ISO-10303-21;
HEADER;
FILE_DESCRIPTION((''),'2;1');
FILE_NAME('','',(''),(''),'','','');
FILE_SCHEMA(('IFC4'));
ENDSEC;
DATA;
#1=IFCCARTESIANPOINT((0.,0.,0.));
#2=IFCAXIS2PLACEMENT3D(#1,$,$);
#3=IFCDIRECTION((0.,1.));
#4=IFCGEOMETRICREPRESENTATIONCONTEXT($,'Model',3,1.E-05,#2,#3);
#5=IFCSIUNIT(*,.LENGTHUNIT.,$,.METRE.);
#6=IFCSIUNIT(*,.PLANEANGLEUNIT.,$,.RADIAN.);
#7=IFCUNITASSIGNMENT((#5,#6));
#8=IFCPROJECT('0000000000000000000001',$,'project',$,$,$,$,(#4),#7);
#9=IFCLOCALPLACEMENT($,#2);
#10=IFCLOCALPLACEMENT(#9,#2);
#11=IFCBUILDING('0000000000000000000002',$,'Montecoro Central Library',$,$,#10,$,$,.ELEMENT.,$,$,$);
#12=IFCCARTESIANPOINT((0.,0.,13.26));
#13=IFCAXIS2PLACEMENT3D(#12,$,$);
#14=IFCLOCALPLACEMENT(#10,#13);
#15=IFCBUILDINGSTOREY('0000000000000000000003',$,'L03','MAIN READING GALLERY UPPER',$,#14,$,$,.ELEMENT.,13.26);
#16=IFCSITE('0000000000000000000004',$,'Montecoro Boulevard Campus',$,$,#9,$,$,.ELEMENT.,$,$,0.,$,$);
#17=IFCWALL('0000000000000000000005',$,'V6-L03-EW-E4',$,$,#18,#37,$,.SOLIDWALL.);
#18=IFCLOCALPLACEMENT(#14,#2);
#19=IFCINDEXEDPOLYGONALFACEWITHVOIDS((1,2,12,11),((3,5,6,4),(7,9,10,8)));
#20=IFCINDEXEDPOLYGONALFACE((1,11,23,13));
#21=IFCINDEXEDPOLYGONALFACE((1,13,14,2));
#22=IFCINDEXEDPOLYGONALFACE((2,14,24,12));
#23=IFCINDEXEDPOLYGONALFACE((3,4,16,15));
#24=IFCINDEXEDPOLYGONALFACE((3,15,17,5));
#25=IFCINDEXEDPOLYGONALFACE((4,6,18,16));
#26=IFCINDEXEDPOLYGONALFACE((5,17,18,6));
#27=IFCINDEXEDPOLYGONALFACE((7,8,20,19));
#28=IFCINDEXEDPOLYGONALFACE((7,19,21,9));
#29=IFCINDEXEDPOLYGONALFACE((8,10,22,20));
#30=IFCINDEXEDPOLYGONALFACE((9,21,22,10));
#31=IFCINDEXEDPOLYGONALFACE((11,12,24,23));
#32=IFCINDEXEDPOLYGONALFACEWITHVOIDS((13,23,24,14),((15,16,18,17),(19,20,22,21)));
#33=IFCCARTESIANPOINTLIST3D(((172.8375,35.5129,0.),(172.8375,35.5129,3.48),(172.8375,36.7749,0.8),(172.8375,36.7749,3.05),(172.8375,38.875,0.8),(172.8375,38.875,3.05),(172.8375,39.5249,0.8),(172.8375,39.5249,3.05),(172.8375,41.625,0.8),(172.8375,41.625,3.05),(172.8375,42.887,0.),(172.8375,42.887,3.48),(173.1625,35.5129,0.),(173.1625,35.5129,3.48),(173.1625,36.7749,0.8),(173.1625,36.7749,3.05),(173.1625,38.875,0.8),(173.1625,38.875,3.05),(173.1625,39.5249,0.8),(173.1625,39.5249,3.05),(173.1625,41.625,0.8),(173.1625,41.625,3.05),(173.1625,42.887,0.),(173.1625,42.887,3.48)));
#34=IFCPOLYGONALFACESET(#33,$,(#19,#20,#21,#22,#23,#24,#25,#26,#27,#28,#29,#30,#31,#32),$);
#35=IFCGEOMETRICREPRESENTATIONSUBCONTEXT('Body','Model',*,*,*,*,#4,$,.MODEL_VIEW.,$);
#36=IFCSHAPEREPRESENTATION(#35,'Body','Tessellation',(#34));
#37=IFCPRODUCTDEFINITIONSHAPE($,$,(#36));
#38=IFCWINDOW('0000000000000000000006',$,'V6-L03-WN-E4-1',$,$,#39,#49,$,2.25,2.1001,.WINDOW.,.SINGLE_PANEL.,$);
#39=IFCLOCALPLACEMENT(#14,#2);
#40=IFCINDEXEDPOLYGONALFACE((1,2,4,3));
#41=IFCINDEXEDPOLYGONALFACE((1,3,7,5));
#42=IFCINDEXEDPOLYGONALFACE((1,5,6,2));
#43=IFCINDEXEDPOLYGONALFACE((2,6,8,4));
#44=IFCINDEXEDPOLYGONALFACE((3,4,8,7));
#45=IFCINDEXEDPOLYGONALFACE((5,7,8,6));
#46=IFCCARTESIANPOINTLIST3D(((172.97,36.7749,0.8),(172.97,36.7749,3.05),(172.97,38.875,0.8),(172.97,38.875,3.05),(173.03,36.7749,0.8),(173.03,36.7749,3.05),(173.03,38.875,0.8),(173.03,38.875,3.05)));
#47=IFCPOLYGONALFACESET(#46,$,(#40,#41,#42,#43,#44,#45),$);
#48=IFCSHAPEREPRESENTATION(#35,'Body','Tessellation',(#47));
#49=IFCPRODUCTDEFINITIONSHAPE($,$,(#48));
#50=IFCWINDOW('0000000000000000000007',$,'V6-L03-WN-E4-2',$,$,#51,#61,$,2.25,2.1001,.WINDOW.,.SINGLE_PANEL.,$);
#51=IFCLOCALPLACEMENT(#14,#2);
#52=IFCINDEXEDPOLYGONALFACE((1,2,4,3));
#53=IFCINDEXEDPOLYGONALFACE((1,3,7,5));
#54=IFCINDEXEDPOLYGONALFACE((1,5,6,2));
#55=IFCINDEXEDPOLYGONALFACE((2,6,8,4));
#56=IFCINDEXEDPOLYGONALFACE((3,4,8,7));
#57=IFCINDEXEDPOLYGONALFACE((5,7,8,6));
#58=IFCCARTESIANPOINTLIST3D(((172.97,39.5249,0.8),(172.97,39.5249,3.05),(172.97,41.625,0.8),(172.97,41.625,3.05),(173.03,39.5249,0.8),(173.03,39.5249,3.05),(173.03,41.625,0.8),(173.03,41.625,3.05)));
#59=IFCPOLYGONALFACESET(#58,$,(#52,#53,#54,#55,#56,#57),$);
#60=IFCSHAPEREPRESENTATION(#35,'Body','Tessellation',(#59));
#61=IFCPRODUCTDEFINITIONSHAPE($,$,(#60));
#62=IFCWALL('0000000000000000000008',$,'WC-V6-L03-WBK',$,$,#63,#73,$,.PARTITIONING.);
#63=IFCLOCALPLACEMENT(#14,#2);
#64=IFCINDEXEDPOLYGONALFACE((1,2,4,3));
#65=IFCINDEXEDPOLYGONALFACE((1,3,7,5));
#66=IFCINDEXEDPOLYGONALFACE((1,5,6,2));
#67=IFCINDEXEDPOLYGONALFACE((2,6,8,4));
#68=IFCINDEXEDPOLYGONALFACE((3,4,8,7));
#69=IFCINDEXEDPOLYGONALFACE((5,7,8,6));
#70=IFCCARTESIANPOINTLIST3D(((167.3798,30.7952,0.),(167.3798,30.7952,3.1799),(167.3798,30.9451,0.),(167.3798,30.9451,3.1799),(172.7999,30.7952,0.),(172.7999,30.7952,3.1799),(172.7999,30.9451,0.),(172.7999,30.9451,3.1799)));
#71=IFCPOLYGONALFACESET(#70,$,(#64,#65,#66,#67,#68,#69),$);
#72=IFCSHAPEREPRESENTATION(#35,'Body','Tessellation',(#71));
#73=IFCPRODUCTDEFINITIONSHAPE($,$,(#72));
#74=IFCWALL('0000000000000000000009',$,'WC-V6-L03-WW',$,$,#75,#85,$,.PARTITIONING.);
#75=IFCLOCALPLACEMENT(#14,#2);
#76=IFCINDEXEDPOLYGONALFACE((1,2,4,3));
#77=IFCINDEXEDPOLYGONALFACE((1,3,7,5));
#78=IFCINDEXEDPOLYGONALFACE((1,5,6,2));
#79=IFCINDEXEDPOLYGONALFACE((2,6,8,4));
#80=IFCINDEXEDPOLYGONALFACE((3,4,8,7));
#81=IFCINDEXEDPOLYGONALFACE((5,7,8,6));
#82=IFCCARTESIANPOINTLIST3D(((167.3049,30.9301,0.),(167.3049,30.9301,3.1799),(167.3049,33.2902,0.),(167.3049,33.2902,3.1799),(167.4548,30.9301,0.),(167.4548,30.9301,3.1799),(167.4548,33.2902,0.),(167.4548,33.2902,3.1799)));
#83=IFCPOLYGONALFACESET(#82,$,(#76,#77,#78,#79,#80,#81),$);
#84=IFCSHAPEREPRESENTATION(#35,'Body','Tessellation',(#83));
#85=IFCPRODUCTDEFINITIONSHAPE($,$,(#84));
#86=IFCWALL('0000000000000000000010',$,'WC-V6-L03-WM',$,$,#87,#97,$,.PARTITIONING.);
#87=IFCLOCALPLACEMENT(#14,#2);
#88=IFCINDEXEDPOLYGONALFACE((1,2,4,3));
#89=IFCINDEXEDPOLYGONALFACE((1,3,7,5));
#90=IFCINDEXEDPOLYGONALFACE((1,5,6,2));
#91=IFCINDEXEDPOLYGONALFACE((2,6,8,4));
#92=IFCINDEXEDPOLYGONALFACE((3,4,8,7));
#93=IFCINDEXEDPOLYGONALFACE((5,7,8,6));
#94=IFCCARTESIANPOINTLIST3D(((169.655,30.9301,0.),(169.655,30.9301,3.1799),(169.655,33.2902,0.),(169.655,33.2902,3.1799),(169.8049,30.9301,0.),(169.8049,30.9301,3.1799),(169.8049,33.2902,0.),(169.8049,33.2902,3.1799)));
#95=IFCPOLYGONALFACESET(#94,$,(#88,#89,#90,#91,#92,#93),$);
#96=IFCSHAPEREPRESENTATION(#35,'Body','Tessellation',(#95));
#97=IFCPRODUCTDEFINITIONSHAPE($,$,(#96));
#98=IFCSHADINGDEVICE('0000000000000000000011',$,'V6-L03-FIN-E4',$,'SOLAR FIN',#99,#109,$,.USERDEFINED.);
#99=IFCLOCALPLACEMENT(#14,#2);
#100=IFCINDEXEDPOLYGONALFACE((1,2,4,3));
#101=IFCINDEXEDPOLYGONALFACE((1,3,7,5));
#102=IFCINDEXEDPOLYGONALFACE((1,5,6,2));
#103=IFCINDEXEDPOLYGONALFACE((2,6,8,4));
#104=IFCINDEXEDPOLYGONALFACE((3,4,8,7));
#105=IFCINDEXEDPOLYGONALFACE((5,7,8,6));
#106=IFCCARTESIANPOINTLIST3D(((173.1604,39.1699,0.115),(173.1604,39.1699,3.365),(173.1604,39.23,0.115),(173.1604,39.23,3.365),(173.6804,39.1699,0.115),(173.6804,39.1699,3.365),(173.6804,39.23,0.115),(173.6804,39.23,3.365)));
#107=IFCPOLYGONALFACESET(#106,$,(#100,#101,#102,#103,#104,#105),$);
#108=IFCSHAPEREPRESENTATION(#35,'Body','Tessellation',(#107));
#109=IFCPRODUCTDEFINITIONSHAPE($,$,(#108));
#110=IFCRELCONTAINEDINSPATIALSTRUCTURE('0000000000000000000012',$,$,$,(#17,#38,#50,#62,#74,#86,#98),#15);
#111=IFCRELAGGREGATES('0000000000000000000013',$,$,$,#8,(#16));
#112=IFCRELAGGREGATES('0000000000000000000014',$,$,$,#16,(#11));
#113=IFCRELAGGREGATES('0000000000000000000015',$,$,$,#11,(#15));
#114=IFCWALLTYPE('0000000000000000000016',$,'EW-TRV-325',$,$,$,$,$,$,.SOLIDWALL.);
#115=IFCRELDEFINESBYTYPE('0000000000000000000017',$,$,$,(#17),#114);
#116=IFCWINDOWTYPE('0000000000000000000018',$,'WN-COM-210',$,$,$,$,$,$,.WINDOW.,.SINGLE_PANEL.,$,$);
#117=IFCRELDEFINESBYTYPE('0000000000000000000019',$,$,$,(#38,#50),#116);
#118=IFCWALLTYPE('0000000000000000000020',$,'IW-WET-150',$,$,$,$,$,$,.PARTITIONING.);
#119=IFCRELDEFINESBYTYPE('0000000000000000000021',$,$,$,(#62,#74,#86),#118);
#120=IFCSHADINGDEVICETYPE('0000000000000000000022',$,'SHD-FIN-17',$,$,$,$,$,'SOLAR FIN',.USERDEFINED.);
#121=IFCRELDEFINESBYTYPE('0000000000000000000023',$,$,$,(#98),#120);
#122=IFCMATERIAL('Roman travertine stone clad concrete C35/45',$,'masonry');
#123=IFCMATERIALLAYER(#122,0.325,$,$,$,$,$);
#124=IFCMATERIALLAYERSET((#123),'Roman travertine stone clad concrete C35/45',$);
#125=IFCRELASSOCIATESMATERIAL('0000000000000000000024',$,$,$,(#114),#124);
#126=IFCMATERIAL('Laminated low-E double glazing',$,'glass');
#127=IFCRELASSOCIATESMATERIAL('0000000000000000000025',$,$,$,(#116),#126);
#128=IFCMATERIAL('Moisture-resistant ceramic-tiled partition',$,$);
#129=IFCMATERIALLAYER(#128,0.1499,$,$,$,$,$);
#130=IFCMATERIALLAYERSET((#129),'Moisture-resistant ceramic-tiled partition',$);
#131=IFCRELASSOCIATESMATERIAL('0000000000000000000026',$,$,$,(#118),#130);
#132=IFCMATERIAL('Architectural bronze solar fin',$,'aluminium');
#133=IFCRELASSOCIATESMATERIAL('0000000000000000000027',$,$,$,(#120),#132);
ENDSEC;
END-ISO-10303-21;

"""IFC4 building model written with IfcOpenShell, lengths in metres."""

from ifc_helpers import new_model, si_unit, direction, frame, frame_2d, origin, origin_2d, place, context, subcontext, project, spatial, rectangle, extrude, material, layer, layer_set, type_object, element, fill, save


model = new_model("IFC4")

# Units and contexts
model_context = context("Model", 3, precision=1e-05, world=origin(), true_north=direction((0.0, 1.0)))
body_context = subcontext(model_context, "Body", "Model", "MODEL_VIEW")
ifc_project = project(units=[si_unit("LENGTHUNIT", "METRE"), si_unit("PLANEANGLEUNIT", "RADIAN")], contexts=[model_context])

# Site, building, storey
site_placement = place(None, origin())
site = spatial("IfcSite", under=ifc_project, at=site_placement, Name="Montecoro Boulevard Campus", CompositionType="ELEMENT", RefElevation=0.0)
building_placement = place(site_placement, origin())
building = spatial("IfcBuilding", under=site, at=building_placement, Name="Montecoro Central Library", CompositionType="ELEMENT")
storey_placement = place(building_placement, frame((0.0, 0.0, 13.26)))
storey = spatial("IfcBuildingStorey", under=building, at=storey_placement, Name="L03", Description="MAIN READING GALLERY UPPER", CompositionType="ELEMENT", Elevation=13.26)

# Wall, openings, windows
ifc_material_1 = material(Name="Roman travertine stone clad concrete C35/45", Category="masonry")
ifc_layer_1 = layer(ifc_material_1, 0.325)
ifc_layer_set_1 = layer_set([ifc_layer_1], Name="Roman travertine stone clad concrete C35/45")
wall_type_1 = type_object("IfcWallType", Name="EW-TRV-325", PredefinedType="SOLIDWALL", material=ifc_layer_set_1)
wall_1_placement = place(storey_placement, frame((173.0, 35.5129, 0.0), z_axis=(0.0, 0.0, 1.0), x_axis=(0.0, 1.0, 0.0)))
wall_1 = element("IfcWall", 1, at=wall_1_placement, inside=storey, type_object=wall_type_1, Name="V6-L03-EW-E4", PredefinedType="SOLIDWALL", context=body_context, shape_type="SweptSolid", body=[
    extrude(rectangle(XDim=7.374, YDim=0.325, at=frame_2d((3.687, 0.0))), origin(), (0.0, 0.0, 1.0), 3.48),
])
opening_1_placement = place(wall_1_placement, frame((1.262, 0.0, 0.8)))
opening_1 = element("IfcOpeningElement", 2, at=opening_1_placement, cuts=wall_1, PredefinedType="OPENING", context=body_context, shape_type="SweptSolid", body=[
    extrude(rectangle(XDim=2.1001, YDim=2.25, at=frame_2d((1.05, 1.125))), frame((0.0, 0.1724, 0.0), z_axis=(0.0, -1.0, 0.0), x_axis=(1.0, 0.0, 0.0)), (0.0, 0.0, 1.0), 0.345),
])
opening_2_placement = place(wall_1_placement, frame((4.012, 0.0, 0.8)))
opening_2 = element("IfcOpeningElement", 3, at=opening_2_placement, cuts=wall_1, PredefinedType="OPENING", context=body_context, shape_type="SweptSolid", body=[
    extrude(rectangle(XDim=2.1001, YDim=2.25, at=frame_2d((1.05, 1.125))), frame((0.0, 0.1724, 0.0), z_axis=(0.0, -1.0, 0.0), x_axis=(1.0, 0.0, 0.0)), (0.0, 0.0, 1.0), 0.345),
])
ifc_material_2 = material(Name="Laminated low-E double glazing", Category="glass")
window_type = type_object("IfcWindowType", Name="WN-COM-210", PartitioningType="SINGLE_PANEL", PredefinedType="WINDOW", material=ifc_material_2)
window_1_placement = place(opening_1_placement, origin())
window_1 = element("IfcWindow", 4, at=window_1_placement, inside=storey, type_object=window_type, Name="V6-L03-WN-E4-1", OverallHeight=2.25, OverallWidth=2.1001, PartitioningType="SINGLE_PANEL", PredefinedType="WINDOW", context=body_context, shape_type="SweptSolid", body=[
    extrude(rectangle(XDim=2.1001, YDim=2.25, at=frame_2d((1.05, 1.125))), frame((0.0, 0.03, 0.0), z_axis=(0.0, -1.0, 0.0), x_axis=(1.0, 0.0, 0.0)), (0.0, 0.0, 1.0), 0.0601),
])
fill(opening_1, window_1)
window_2_placement = place(opening_2_placement, origin())
window_2 = element("IfcWindow", 5, at=window_2_placement, inside=storey, type_object=window_type, Name="V6-L03-WN-E4-2", OverallHeight=2.25, OverallWidth=2.1001, PartitioningType="SINGLE_PANEL", PredefinedType="WINDOW", context=body_context, shape_type="SweptSolid", body=[
    extrude(rectangle(XDim=2.1001, YDim=2.25, at=frame_2d((1.05, 1.125))), frame((0.0, 0.03, 0.0), z_axis=(0.0, -1.0, 0.0), x_axis=(1.0, 0.0, 0.0)), (0.0, 0.0, 1.0), 0.0601),
])
fill(opening_2, window_2)

# Walls
ifc_material_3 = material(Name="Moisture-resistant ceramic-tiled partition")
ifc_layer_2 = layer(ifc_material_3, 0.1499)
ifc_layer_set_2 = layer_set([ifc_layer_2], Name="Moisture-resistant ceramic-tiled partition")
wall_type_2 = type_object("IfcWallType", Name="IW-WET-150", PredefinedType="PARTITIONING", material=ifc_layer_set_2)
wall_2_placement = place(storey_placement, frame((167.3799, 30.8701, 0.0), z_axis=(0.0, 0.0, 1.0), x_axis=(1.0, 0.0, 0.0)))
element("IfcWall", 6, at=wall_2_placement, inside=storey, type_object=wall_type_2, Name="WC-V6-L03-WBK", PredefinedType="PARTITIONING", context=body_context, shape_type="SweptSolid", body=[
    extrude(rectangle(XDim=5.4202, YDim=0.1499, at=frame_2d((2.71, 0.0))), origin(), (0.0, 0.0, 1.0), 3.1799),
])
for number, where, z_axis, x_axis, name in (
    (7, (167.3799, 30.9299, 0.0), (0.0, 0.0, 1.0), (0.0, 1.0, 0.0), "WC-V6-L03-WW"),
    (8, (169.73, 30.9299, 0.0), (0.0, 0.0, 1.0), (0.0, 1.0, 0.0), "WC-V6-L03-WM"),
):
    element("IfcWall", number, at=place(storey_placement, frame(where, z_axis=z_axis, x_axis=x_axis)), inside=storey, type_object=wall_type_2, Name=name, PredefinedType="PARTITIONING", context=body_context, shape_type="SweptSolid", body=[
        extrude(rectangle(XDim=2.3601, YDim=0.1499, at=frame_2d((1.1802, 0.0))), origin(), (0.0, 0.0, 1.0), 3.1799),
    ])

# Shading device
ifc_material_4 = material(Name="Architectural bronze solar fin", Category="aluminium")
shading_device_type = type_object("IfcShadingDeviceType", Name="SHD-FIN-17", ElementType="SOLAR FIN", PredefinedType="USERDEFINED", material=ifc_material_4)
shading_device_placement = place(storey_placement, frame((173.4204, 39.2, 0.115), z_axis=(0.0, 0.0, 1.0), x_axis=(0.0, 1.0, 0.0)))
element("IfcShadingDevice", 9, at=shading_device_placement, inside=storey, type_object=shading_device_type, Name="V6-L03-FIN-E4", ObjectType="SOLAR FIN", PredefinedType="USERDEFINED", context=body_context, shape_type="SweptSolid", body=[
    extrude(rectangle(XDim=0.0601, YDim=0.52, at=origin_2d()), origin(), (0.0, 0.0, 1.0), 3.25),
])

save(model, "model.ifc")
